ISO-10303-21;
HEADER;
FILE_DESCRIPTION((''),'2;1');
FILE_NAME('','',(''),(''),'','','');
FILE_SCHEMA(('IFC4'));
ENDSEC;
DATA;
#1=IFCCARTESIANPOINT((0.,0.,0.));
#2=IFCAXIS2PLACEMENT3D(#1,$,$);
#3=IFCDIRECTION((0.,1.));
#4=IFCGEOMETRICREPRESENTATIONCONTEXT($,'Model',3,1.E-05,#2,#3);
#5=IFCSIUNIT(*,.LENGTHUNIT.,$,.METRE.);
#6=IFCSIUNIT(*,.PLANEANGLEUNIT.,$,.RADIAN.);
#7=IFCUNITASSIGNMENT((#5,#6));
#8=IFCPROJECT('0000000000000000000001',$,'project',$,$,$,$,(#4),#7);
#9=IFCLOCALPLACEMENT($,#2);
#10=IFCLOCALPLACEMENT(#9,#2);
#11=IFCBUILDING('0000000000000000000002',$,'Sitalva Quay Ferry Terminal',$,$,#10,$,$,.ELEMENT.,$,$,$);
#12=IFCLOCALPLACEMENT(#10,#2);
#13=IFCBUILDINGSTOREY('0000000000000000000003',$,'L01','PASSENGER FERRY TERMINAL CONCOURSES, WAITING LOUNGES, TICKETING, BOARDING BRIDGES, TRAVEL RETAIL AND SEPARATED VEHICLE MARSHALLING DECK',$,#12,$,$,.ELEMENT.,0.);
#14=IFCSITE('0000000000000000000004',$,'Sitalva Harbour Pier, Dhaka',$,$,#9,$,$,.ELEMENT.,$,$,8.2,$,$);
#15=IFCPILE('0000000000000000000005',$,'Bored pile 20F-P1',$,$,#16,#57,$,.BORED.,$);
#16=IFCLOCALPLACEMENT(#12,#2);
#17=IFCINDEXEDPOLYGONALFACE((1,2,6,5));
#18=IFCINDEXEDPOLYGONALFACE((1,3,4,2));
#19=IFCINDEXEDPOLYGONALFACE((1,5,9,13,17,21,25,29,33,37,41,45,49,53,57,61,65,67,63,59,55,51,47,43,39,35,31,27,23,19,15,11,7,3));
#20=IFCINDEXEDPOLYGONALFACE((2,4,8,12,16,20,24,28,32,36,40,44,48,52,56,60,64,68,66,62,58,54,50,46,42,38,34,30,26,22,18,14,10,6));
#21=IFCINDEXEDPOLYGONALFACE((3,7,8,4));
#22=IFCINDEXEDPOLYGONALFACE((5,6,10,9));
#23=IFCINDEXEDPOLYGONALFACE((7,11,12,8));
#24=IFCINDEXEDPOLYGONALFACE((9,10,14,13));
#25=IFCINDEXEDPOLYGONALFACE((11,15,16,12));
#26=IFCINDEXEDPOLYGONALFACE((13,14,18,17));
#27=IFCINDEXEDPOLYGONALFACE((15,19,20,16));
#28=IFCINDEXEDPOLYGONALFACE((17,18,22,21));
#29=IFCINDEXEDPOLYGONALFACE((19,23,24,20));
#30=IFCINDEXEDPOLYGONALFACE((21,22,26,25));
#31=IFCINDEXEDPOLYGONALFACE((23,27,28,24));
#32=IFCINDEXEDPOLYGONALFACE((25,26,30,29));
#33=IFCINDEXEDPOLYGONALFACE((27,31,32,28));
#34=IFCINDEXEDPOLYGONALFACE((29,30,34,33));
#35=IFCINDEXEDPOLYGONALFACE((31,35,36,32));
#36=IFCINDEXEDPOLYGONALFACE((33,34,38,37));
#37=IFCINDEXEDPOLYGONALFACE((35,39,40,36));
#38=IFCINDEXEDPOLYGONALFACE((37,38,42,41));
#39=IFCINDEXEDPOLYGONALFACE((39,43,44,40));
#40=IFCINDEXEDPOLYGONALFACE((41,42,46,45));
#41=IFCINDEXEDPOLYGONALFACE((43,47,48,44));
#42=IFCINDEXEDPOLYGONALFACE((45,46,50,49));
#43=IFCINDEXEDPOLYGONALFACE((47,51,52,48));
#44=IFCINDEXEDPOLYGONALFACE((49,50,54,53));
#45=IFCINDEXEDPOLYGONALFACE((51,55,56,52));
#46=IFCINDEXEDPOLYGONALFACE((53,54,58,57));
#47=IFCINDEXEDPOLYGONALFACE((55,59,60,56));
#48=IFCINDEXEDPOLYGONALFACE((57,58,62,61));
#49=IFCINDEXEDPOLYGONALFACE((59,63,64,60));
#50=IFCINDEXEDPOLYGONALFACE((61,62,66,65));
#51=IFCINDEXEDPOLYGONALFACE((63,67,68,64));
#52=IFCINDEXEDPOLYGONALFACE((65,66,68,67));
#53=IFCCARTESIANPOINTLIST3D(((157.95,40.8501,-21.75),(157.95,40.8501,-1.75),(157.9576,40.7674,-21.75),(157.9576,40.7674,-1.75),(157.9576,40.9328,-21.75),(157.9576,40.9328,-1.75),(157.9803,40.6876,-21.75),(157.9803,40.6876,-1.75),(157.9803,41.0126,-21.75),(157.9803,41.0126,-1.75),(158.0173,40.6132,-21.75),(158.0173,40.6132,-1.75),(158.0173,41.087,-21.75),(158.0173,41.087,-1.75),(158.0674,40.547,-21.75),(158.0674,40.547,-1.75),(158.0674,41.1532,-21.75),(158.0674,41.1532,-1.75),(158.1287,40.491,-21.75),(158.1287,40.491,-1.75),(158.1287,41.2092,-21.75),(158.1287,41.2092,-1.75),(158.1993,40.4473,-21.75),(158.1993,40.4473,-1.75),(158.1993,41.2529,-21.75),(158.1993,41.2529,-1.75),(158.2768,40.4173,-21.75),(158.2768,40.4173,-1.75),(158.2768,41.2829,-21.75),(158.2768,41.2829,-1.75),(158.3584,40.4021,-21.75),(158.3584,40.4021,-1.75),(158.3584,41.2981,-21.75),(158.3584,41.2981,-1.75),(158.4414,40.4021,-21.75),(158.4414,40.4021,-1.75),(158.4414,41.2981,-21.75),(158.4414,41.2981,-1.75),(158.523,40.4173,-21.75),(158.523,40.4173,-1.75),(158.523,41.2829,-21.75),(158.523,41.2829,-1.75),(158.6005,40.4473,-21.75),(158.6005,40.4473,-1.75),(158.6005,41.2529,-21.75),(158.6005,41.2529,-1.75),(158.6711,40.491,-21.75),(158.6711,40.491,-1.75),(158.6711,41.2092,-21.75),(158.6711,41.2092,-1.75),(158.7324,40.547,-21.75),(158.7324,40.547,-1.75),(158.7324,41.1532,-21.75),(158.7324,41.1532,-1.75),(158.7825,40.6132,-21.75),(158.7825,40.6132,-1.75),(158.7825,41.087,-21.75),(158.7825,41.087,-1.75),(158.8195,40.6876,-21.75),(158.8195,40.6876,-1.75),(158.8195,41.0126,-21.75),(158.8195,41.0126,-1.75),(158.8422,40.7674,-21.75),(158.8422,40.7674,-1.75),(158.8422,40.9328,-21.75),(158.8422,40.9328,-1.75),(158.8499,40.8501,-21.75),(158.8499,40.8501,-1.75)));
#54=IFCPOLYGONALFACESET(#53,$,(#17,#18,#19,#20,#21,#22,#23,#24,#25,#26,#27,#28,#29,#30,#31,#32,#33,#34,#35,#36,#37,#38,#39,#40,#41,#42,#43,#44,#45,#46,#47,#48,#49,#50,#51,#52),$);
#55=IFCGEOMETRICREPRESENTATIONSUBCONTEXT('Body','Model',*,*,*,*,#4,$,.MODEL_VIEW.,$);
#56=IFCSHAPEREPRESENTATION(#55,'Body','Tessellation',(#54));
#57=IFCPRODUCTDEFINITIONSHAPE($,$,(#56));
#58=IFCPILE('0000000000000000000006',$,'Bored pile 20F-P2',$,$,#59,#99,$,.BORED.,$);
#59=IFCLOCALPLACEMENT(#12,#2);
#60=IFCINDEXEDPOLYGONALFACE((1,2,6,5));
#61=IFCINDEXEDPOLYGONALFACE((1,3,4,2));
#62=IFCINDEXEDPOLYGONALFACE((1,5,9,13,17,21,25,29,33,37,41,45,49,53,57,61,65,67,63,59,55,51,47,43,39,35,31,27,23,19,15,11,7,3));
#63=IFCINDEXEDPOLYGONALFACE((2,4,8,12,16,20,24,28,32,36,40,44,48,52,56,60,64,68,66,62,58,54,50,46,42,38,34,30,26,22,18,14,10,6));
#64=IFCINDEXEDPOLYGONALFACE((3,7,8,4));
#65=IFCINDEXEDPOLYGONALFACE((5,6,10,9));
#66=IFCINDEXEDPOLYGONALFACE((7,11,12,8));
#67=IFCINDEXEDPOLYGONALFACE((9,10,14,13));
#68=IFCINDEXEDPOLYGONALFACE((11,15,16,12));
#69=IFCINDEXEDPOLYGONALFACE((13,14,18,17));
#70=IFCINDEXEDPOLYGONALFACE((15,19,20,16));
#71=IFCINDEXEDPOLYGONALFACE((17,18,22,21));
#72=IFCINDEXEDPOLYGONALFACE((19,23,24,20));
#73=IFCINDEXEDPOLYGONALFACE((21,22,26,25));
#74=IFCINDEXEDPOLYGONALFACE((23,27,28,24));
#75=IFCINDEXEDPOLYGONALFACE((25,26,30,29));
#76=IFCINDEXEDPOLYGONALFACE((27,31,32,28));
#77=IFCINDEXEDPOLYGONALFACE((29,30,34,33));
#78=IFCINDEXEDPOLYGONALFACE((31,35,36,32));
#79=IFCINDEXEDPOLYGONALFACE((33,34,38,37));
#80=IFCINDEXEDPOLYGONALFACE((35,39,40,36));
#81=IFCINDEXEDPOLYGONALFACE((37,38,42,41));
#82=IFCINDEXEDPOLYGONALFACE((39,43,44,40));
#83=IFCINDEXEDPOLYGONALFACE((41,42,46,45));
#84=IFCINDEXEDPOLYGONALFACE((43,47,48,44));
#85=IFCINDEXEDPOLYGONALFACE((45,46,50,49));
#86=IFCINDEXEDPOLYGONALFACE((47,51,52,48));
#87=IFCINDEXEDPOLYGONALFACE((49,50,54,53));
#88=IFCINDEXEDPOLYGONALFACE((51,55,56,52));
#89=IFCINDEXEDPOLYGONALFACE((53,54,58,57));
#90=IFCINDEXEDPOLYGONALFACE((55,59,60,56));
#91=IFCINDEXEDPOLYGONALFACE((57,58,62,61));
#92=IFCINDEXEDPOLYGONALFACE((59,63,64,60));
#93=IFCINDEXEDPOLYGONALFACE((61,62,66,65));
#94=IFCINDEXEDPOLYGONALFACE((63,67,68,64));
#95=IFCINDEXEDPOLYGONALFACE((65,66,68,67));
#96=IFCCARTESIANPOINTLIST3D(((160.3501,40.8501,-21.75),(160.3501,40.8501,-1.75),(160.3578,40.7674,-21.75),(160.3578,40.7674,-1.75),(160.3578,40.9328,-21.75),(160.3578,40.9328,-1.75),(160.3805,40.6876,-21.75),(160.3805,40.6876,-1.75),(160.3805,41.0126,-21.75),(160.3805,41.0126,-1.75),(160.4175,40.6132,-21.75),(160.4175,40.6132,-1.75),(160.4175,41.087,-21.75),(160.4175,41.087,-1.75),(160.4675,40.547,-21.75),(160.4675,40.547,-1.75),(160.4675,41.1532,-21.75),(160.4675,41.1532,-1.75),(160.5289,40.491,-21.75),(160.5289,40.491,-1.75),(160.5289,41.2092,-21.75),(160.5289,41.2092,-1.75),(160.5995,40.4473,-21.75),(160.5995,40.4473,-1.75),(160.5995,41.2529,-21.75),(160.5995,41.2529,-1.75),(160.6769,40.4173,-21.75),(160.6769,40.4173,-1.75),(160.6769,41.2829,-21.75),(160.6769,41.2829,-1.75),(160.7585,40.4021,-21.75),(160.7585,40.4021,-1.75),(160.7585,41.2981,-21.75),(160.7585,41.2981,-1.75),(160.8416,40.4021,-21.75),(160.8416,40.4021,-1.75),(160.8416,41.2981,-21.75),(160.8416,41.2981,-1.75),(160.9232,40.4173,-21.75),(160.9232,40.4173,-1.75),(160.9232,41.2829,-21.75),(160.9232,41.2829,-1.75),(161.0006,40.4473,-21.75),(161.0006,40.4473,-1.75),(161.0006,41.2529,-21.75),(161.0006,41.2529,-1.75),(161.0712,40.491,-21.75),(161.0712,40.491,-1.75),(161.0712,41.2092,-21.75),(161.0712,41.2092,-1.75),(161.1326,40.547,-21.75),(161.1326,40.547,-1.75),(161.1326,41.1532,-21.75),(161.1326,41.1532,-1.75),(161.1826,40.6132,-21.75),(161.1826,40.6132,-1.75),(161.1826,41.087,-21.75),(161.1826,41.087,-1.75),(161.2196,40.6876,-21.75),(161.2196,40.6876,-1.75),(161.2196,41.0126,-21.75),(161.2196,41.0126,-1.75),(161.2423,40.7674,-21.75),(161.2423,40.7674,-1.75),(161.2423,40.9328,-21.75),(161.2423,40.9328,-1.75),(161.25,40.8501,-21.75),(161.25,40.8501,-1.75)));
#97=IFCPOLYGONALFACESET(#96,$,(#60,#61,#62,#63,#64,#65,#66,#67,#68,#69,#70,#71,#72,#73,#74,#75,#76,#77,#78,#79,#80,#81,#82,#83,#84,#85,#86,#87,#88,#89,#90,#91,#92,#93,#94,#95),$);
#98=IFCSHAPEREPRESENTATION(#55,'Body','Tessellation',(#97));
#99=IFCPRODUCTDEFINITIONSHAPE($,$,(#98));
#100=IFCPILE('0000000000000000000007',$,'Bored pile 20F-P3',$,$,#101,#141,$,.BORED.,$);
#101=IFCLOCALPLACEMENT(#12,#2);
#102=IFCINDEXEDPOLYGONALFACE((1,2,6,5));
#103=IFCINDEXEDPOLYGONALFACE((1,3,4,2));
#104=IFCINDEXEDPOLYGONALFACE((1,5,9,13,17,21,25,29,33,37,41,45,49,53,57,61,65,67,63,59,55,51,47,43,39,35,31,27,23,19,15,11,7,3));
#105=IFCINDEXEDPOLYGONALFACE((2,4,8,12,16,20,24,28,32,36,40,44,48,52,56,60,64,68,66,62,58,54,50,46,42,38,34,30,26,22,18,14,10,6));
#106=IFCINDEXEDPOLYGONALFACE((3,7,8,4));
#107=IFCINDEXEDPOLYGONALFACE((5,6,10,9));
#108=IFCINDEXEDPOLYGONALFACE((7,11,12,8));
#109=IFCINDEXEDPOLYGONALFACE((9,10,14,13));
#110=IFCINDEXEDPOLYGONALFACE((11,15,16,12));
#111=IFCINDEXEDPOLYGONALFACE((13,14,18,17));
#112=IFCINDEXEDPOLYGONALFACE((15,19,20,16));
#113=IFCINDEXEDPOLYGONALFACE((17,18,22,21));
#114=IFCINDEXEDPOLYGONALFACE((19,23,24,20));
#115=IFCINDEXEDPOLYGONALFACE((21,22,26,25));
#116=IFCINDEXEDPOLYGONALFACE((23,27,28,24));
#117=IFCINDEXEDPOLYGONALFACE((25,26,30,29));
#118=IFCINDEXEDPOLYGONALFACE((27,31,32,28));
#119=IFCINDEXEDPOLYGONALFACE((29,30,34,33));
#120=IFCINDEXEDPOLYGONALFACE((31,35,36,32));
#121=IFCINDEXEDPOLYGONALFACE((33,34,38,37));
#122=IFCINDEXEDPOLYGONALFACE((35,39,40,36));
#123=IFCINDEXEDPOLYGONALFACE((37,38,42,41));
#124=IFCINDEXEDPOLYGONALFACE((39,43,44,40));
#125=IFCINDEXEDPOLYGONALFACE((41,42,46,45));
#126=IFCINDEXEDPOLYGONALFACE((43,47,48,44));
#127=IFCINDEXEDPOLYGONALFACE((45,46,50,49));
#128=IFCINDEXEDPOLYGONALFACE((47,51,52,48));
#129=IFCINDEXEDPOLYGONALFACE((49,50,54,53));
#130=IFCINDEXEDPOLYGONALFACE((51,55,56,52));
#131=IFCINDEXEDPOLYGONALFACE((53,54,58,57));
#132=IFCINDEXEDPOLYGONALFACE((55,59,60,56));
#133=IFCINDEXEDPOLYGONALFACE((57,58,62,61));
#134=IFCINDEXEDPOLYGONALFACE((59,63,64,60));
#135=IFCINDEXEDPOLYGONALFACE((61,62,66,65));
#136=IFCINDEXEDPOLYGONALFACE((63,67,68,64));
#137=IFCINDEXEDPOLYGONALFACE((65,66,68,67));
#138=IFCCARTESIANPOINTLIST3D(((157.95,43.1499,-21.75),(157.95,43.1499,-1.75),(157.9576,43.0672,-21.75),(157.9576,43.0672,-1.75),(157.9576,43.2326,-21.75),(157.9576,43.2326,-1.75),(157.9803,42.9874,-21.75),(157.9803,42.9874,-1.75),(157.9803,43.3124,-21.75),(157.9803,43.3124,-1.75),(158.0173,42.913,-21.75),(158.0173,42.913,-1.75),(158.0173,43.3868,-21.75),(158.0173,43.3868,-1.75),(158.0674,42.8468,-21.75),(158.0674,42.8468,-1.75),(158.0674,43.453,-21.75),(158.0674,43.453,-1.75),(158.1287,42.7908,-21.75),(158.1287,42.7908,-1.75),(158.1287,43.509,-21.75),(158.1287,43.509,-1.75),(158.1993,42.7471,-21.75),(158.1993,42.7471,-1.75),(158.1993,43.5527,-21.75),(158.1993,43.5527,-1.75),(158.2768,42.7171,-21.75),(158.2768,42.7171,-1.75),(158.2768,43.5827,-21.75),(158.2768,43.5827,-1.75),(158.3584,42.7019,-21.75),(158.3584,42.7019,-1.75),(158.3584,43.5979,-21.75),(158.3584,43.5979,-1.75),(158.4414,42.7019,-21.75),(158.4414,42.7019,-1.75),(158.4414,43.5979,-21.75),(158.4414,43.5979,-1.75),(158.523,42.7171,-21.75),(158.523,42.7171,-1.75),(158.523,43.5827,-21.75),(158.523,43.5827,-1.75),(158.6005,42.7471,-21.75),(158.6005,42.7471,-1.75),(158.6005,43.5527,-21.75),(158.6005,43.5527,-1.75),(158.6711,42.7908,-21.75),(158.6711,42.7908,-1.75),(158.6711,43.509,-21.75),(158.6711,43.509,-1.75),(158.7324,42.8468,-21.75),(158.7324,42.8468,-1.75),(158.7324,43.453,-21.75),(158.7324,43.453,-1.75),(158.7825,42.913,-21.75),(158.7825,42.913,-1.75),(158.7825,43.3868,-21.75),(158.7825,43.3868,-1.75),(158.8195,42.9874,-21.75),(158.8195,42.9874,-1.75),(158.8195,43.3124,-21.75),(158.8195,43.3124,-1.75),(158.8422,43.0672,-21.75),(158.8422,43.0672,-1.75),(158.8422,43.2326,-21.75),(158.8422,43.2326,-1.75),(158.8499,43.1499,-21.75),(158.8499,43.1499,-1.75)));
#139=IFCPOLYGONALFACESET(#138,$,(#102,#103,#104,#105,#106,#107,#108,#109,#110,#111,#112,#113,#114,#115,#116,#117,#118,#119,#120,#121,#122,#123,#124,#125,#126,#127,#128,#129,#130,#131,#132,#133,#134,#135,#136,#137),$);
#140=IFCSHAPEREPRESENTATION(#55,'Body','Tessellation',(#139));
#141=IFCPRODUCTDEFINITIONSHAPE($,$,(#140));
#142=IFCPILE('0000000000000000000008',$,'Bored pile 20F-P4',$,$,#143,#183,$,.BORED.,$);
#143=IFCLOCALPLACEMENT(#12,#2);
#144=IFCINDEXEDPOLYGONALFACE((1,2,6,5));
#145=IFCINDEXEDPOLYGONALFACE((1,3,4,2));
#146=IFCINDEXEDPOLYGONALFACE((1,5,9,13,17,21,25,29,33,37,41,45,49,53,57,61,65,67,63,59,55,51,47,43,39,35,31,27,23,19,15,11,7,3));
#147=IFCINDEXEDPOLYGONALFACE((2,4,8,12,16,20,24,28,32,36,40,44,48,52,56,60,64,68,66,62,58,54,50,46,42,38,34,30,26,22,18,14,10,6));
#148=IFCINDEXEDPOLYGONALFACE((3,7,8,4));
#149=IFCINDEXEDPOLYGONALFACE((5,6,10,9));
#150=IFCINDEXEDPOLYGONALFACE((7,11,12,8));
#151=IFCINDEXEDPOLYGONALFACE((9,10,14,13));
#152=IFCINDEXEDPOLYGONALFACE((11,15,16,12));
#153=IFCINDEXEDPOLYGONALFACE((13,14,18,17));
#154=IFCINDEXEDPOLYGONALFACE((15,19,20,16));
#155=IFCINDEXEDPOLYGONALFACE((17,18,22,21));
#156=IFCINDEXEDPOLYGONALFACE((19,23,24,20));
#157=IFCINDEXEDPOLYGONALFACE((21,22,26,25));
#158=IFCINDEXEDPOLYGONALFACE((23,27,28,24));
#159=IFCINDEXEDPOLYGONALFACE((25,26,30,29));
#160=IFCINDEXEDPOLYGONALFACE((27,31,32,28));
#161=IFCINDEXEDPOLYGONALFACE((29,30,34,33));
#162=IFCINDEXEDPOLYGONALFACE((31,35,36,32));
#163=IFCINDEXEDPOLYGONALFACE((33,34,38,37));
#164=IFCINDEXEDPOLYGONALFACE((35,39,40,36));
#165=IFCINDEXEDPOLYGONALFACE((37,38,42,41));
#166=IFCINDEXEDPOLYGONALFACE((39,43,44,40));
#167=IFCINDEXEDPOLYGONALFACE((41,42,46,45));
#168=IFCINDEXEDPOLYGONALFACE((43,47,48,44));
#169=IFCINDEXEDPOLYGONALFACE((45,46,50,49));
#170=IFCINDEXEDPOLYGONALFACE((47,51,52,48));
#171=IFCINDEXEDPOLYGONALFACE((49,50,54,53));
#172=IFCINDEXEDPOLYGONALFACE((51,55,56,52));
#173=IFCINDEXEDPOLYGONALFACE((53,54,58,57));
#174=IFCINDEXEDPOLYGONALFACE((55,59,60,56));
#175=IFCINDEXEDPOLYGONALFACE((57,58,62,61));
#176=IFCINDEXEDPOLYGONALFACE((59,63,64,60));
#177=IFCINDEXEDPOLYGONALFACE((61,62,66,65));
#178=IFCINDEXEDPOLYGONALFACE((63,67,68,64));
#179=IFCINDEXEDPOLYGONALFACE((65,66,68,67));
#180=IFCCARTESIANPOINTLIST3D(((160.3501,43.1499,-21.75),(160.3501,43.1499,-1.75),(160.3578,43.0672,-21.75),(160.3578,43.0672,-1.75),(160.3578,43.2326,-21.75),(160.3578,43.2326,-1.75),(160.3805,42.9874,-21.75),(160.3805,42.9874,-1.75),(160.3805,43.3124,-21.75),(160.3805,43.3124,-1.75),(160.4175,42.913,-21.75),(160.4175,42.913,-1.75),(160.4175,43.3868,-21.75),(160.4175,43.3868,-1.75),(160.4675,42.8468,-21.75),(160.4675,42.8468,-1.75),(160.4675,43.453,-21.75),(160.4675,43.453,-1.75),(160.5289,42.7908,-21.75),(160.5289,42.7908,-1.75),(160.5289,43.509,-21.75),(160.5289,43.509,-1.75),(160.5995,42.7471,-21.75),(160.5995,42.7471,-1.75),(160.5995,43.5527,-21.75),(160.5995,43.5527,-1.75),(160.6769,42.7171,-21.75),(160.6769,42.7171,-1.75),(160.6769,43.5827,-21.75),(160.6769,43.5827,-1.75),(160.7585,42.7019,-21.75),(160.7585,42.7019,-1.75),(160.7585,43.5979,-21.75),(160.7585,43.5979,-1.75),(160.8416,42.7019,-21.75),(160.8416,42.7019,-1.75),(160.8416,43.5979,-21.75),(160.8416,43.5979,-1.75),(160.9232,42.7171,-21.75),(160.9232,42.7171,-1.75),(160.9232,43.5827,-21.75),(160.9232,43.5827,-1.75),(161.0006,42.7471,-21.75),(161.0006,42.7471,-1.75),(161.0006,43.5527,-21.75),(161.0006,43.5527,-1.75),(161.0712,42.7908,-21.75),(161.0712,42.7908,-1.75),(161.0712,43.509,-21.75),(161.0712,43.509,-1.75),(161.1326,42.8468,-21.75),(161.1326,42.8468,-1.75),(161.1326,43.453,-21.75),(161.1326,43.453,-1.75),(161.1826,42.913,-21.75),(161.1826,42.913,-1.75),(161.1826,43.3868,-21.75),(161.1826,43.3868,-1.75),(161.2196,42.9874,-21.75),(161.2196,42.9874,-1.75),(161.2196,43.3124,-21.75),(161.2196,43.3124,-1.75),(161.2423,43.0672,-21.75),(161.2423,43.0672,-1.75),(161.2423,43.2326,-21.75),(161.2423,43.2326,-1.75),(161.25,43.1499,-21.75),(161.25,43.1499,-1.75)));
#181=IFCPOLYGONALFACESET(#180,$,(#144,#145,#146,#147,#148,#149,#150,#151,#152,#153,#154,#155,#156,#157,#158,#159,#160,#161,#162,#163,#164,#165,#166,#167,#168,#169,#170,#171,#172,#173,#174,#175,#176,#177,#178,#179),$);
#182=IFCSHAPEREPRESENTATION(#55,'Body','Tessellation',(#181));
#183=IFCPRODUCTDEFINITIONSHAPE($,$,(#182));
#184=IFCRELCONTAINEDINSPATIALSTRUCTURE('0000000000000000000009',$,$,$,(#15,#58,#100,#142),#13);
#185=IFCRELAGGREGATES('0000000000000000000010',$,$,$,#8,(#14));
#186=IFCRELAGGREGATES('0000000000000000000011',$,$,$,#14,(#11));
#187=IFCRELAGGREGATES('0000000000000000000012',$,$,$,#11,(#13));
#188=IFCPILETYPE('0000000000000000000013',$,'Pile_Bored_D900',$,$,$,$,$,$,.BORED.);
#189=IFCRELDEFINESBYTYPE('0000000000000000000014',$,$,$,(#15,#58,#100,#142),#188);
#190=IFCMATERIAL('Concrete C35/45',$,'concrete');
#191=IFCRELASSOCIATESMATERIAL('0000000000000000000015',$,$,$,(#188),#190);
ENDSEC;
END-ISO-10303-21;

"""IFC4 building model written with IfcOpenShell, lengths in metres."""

from ifc_helpers import new_model, si_unit, direction, frame, origin, origin_2d, place, context, subcontext, project, spatial, circle, extrude, material, material_profile, profile_set, type_object, element, save


model = new_model("IFC4")

# Units and contexts
model_context = context("Model", 3, precision=1e-05, world=origin(), true_north=direction((0.0, 1.0)))
body_context = subcontext(model_context, "Body", "Model", "MODEL_VIEW")
ifc_project = project(units=[si_unit("LENGTHUNIT", "METRE"), si_unit("PLANEANGLEUNIT", "RADIAN")], contexts=[model_context])

# Site, building, storey
site_placement = place(None, origin())
site = spatial("IfcSite", under=ifc_project, at=site_placement, Name="Sitalva Harbour Pier, Dhaka", CompositionType="ELEMENT", RefElevation=8.2)
building_placement = place(site_placement, origin())
building = spatial("IfcBuilding", under=site, at=building_placement, Name="Sitalva Quay Ferry Terminal", CompositionType="ELEMENT")
storey_placement = place(building_placement, origin())
storey = spatial("IfcBuildingStorey", under=building, at=storey_placement, Name="L01", Description="PASSENGER FERRY TERMINAL CONCOURSES, WAITING LOUNGES, TICKETING, BOARDING BRIDGES, TRAVEL RETAIL AND SEPARATED VEHICLE MARSHALLING DECK", CompositionType="ELEMENT", Elevation=0.0)

# Piles
ifc_material_1 = material(Name="Concrete C35/45", Category="concrete")
ifc_material_profile_1 = material_profile(ifc_material_1, circle(Radius=0.45, at=origin_2d()), Name="PILE-D900")
ifc_profile_set_1 = profile_set([ifc_material_profile_1], Name="Concrete C35/45")
pile_type_1 = type_object("IfcPileType", Name="Pile_Bored_D900", PredefinedType="BORED", material=ifc_profile_set_1)
for number, where, z_axis, x_axis, name in (
    (1, (158.3999, 40.8501, -1.75), (0.0, 0.0, -1.0), (1.0, 0.0, 0.0), "Bored pile 20F-P1"),
    (2, (160.8, 40.8501, -1.75), (0.0, 0.0, -1.0), (1.0, 0.0, 0.0), "Bored pile 20F-P2"),
    (3, (158.3999, 43.1499, -1.75), (0.0, 0.0, -1.0), (1.0, 0.0, 0.0), "Bored pile 20F-P3"),
    (4, (160.8, 43.1499, -1.75), (0.0, 0.0, -1.0), (1.0, 0.0, 0.0), "Bored pile 20F-P4"),
):
    element("IfcPile", number, at=place(storey_placement, frame(where, z_axis=z_axis, x_axis=x_axis)), inside=storey, type_object=pile_type_1, Name=name, PredefinedType="BORED", context=body_context, shape_type="SweptSolid", body=[
        extrude(circle(Radius=0.45, at=origin_2d()), origin(), (0.0, 0.0, 1.0), 20.0),
    ])

save(model, "model.ifc")
